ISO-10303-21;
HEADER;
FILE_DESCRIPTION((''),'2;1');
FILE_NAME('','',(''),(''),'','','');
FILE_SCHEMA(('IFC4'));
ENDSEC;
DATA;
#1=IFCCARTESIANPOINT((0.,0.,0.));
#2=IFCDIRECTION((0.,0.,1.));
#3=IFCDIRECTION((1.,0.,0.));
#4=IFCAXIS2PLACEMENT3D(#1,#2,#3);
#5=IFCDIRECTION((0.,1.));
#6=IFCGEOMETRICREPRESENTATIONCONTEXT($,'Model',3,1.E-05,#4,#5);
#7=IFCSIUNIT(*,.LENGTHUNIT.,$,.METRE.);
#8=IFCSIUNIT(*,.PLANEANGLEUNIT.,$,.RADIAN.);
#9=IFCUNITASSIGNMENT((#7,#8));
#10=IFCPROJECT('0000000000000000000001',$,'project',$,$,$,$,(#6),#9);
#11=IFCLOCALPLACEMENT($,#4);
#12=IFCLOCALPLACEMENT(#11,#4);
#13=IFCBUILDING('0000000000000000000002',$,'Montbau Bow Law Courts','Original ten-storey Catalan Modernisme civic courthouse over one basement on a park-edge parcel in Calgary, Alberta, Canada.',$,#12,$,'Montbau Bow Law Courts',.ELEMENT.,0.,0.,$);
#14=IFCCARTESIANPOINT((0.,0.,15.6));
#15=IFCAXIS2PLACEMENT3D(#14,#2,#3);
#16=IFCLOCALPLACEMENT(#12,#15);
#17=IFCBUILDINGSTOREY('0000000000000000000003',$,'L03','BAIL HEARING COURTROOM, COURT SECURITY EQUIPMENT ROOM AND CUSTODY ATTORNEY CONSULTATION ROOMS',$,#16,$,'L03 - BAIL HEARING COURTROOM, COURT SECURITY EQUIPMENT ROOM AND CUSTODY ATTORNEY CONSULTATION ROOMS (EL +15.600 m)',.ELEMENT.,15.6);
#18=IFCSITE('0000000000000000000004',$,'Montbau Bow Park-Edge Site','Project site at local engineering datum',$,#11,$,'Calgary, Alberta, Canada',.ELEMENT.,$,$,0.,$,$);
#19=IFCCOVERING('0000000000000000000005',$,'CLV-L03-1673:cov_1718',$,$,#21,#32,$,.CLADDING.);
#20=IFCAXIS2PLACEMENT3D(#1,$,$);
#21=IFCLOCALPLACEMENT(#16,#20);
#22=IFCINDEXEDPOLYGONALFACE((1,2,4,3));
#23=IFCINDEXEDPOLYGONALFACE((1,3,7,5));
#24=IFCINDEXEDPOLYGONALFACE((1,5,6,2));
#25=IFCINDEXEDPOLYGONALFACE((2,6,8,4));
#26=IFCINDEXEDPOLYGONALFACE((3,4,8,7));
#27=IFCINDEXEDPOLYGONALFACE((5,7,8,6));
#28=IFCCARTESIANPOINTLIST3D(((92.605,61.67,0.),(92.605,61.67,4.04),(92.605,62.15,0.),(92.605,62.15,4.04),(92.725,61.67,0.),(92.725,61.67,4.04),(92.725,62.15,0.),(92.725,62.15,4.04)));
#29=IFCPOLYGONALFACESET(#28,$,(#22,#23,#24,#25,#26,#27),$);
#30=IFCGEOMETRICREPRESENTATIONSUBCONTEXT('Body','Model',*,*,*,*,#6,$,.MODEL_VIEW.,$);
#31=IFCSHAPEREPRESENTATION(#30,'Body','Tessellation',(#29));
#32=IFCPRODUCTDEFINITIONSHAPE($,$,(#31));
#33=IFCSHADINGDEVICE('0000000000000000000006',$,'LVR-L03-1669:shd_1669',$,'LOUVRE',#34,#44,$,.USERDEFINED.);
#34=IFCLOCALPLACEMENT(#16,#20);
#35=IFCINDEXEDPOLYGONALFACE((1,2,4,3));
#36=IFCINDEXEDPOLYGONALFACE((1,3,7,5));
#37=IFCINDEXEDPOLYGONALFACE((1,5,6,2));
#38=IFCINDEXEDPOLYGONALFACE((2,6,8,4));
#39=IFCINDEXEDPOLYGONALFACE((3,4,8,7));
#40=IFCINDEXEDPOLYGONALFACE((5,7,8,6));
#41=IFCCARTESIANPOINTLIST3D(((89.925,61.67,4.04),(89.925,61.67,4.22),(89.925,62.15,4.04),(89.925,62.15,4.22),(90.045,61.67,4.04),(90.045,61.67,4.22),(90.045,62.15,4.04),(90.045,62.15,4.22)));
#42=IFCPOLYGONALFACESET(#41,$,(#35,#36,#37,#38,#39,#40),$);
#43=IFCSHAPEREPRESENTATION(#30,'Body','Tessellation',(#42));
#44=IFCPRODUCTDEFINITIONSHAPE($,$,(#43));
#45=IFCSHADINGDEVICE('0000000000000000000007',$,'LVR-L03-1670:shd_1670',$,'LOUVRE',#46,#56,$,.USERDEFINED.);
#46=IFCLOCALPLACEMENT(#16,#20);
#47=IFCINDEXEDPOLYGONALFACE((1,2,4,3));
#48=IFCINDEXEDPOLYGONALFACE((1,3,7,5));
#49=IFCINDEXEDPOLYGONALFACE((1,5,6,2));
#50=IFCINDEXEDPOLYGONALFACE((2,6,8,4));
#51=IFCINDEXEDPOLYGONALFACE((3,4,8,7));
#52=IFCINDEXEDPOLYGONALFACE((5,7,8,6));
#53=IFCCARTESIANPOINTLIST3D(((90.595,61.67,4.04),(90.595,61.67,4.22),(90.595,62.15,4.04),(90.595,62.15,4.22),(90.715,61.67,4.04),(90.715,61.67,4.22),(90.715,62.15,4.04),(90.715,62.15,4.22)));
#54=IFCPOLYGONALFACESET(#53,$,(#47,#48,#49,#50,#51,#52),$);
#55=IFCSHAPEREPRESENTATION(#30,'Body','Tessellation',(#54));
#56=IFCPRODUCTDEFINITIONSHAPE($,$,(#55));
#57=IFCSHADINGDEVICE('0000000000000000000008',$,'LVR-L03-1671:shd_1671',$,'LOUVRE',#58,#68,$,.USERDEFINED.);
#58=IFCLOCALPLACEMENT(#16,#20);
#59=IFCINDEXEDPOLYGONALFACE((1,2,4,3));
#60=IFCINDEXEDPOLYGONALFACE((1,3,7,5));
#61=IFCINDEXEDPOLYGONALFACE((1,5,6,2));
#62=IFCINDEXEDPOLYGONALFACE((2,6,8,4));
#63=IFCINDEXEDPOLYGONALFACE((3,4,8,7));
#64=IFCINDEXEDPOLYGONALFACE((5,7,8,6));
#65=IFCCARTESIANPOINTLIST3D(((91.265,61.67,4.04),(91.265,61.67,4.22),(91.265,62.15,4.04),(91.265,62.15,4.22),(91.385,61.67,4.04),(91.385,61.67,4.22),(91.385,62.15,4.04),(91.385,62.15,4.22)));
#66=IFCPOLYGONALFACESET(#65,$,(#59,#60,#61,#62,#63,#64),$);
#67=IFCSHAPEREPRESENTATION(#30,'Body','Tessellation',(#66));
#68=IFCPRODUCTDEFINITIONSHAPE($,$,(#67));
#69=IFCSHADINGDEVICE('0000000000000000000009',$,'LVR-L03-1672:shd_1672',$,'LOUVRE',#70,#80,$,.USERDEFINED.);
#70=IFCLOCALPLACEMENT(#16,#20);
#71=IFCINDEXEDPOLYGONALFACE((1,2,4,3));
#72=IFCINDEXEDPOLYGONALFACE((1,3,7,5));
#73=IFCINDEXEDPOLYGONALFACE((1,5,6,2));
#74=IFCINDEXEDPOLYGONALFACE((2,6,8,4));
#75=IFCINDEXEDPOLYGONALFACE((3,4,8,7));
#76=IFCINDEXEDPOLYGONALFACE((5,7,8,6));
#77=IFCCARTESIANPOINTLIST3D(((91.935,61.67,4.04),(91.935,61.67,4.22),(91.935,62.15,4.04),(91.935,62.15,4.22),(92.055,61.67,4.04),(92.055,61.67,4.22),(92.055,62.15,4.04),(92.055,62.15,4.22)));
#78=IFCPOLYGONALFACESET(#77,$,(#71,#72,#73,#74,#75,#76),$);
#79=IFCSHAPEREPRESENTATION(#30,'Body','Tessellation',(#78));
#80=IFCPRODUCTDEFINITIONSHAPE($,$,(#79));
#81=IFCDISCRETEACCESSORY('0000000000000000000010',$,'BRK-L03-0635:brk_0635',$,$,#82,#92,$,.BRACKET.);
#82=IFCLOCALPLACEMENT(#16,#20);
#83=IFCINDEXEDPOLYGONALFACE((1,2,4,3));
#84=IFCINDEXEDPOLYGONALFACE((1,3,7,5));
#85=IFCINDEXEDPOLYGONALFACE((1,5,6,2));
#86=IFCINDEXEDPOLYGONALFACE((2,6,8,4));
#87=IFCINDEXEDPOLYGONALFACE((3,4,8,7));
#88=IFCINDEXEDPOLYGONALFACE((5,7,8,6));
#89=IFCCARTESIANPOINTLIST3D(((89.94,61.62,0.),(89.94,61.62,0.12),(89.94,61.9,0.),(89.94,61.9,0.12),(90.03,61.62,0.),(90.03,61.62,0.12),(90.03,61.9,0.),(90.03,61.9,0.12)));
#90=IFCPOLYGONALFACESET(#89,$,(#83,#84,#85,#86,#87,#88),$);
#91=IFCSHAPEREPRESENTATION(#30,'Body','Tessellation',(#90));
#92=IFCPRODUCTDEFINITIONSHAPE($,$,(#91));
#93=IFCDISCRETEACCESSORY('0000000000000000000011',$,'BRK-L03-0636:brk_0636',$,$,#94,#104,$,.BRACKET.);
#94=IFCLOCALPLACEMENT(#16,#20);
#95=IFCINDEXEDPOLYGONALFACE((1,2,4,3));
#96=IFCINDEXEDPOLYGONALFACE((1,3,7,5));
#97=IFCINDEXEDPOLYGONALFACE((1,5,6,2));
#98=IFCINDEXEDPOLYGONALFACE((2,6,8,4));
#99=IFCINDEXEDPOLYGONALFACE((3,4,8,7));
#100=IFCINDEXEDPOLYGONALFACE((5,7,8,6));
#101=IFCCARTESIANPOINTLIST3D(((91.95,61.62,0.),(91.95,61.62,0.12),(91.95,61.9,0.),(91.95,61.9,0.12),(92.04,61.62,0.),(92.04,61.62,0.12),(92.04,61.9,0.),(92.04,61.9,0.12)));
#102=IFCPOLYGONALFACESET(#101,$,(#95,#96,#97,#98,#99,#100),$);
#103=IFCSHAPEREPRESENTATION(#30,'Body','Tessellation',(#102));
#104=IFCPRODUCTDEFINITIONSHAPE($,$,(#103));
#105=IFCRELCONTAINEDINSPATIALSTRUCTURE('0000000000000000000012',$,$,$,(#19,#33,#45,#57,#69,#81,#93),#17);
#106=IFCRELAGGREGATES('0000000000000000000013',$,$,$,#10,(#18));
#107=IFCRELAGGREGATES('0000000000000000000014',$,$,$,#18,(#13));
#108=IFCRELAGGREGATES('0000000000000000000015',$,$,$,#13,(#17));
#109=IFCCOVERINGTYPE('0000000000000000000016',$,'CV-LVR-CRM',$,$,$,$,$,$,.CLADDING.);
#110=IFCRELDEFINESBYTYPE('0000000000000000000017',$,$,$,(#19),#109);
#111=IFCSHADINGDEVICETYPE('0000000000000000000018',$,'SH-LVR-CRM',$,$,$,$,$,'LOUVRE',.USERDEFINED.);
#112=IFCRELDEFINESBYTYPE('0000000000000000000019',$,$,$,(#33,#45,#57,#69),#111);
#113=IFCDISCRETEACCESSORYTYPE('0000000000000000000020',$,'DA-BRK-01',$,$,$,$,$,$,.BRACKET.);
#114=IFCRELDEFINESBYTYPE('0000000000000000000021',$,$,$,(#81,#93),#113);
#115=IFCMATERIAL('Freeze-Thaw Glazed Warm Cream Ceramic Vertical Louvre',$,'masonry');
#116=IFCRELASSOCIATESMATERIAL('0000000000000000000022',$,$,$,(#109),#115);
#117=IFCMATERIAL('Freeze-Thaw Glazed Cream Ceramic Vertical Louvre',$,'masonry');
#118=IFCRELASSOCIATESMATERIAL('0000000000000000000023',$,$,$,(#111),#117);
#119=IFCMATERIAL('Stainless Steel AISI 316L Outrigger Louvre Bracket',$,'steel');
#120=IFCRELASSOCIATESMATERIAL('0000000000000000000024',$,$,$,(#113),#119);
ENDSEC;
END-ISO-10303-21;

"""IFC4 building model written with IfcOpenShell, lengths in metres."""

from ifc_helpers import new_model, si_unit, direction, frame, frame_2d, origin_with_axes, origin_2d_with_axis, place, context, subcontext, project, spatial, rectangle, extrude, material, type_object, element, save


model = new_model("IFC4")

# Units and contexts
model_context = context("Model", 3, precision=1e-05, world=origin_with_axes(), true_north=direction((0.0, 1.0)))
body_context = subcontext(model_context, "Body", "Model", "MODEL_VIEW")
ifc_project = project(units=[si_unit("LENGTHUNIT", "METRE"), si_unit("PLANEANGLEUNIT", "RADIAN")], contexts=[model_context])

# Site, building, storey
site_placement = place(None, origin_with_axes())
site = spatial("IfcSite", under=ifc_project, at=site_placement, Name="Montbau Bow Park-Edge Site", Description="Project site at local engineering datum", LongName="Calgary, Alberta, Canada", CompositionType="ELEMENT", RefElevation=0.0)
building_placement = place(site_placement, origin_with_axes())
building = spatial("IfcBuilding", under=site, at=building_placement, Name="Montbau Bow Law Courts", Description="Original ten-storey Catalan Modernisme civic courthouse over one basement on a park-edge parcel in Calgary, Alberta, Canada.", LongName="Montbau Bow Law Courts", CompositionType="ELEMENT", ElevationOfRefHeight=0.0, ElevationOfTerrain=0.0)
storey_placement = place(building_placement, frame((0.0, 0.0, 15.6), z_axis=(0.0, 0.0, 1.0), x_axis=(1.0, 0.0, 0.0)))
storey = spatial("IfcBuildingStorey", under=building, at=storey_placement, Name="L03", Description="BAIL HEARING COURTROOM, COURT SECURITY EQUIPMENT ROOM AND CUSTODY ATTORNEY CONSULTATION ROOMS", LongName="L03 - BAIL HEARING COURTROOM, COURT SECURITY EQUIPMENT ROOM AND CUSTODY ATTORNEY CONSULTATION ROOMS (EL +15.600 m)", CompositionType="ELEMENT", Elevation=15.6)

# Covering
ifc_material_1 = material(Name="Freeze-Thaw Glazed Warm Cream Ceramic Vertical Louvre", Category="masonry")
covering_type = type_object("IfcCoveringType", Name="CV-LVR-CRM", PredefinedType="CLADDING", material=ifc_material_1)
for number, where, z_axis, x_axis, name in (
    (1, (92.665, 61.67, 15.6), (1.0, 0.0, 0.0), (0.0, 1.0, 0.0), "CLV-L03-1673:cov_1718"),
):
    element("IfcCovering", number, at=place(None, frame(where, z_axis=z_axis, x_axis=x_axis)), inside=storey, type_object=covering_type, Name=name, PredefinedType="CLADDING", context=body_context, shape_type="SweptSolid", body=[
        extrude(rectangle(XDim=0.48, YDim=4.04, at=frame_2d((0.24, 2.02), x_axis=(1.0, 0.0))), frame((0.0, 0.0, -0.06), z_axis=(0.0, 0.0, 1.0), x_axis=(1.0, 0.0, 0.0)), (0.0, 0.0, 1.0), 0.12),
    ])

# Shading devices
ifc_material_2 = material(Name="Freeze-Thaw Glazed Cream Ceramic Vertical Louvre", Category="masonry")
shading_device_type = type_object("IfcShadingDeviceType", Name="SH-LVR-CRM", ElementType="LOUVRE", PredefinedType="USERDEFINED", material=ifc_material_2)
for number, where, z_axis, x_axis, name in (
    (2, (89.985, 61.91, 19.64), (0.0, 0.0, 1.0), (0.0, 1.0, 0.0), "LVR-L03-1669:shd_1669"),
    (3, (90.655, 61.91, 19.64), (0.0, 0.0, 1.0), (0.0, 1.0, 0.0), "LVR-L03-1670:shd_1670"),
    (4, (91.325, 61.91, 19.64), (0.0, 0.0, 1.0), (0.0, 1.0, 0.0), "LVR-L03-1671:shd_1671"),
    (5, (91.995, 61.91, 19.64), (0.0, 0.0, 1.0), (0.0, 1.0, 0.0), "LVR-L03-1672:shd_1672"),
):
    element("IfcShadingDevice", number, at=place(None, frame(where, z_axis=z_axis, x_axis=x_axis)), inside=storey, type_object=shading_device_type, Name=name, ObjectType="LOUVRE", PredefinedType="USERDEFINED", context=body_context, shape_type="SweptSolid", body=[
        extrude(rectangle(XDim=0.48, YDim=0.12, at=origin_2d_with_axis()), origin_with_axes(), (0.0, 0.0, 1.0), 0.18),
    ])

# Discrete accessories
ifc_material_3 = material(Name="Stainless Steel AISI 316L Outrigger Louvre Bracket", Category="steel")
discrete_accessory_type = type_object("IfcDiscreteAccessoryType", Name="DA-BRK-01", PredefinedType="BRACKET", material=ifc_material_3)
for number, where, z_axis, x_axis, name in (
    (6, (89.985, 61.76, 15.6), (0.0, 0.0, 1.0), (0.0, 1.0, 0.0), "BRK-L03-0635:brk_0635"),
    (7, (91.995, 61.76, 15.6), (0.0, 0.0, 1.0), (0.0, 1.0, 0.0), "BRK-L03-0636:brk_0636"),
):
    element("IfcDiscreteAccessory", number, at=place(None, frame(where, z_axis=z_axis, x_axis=x_axis)), inside=storey, type_object=discrete_accessory_type, Name=name, PredefinedType="BRACKET", context=body_context, shape_type="SweptSolid", body=[
        extrude(rectangle(XDim=0.28, YDim=0.09, at=origin_2d_with_axis()), origin_with_axes(), (0.0, 0.0, 1.0), 0.12),
    ])

save(model, "model.ifc")
